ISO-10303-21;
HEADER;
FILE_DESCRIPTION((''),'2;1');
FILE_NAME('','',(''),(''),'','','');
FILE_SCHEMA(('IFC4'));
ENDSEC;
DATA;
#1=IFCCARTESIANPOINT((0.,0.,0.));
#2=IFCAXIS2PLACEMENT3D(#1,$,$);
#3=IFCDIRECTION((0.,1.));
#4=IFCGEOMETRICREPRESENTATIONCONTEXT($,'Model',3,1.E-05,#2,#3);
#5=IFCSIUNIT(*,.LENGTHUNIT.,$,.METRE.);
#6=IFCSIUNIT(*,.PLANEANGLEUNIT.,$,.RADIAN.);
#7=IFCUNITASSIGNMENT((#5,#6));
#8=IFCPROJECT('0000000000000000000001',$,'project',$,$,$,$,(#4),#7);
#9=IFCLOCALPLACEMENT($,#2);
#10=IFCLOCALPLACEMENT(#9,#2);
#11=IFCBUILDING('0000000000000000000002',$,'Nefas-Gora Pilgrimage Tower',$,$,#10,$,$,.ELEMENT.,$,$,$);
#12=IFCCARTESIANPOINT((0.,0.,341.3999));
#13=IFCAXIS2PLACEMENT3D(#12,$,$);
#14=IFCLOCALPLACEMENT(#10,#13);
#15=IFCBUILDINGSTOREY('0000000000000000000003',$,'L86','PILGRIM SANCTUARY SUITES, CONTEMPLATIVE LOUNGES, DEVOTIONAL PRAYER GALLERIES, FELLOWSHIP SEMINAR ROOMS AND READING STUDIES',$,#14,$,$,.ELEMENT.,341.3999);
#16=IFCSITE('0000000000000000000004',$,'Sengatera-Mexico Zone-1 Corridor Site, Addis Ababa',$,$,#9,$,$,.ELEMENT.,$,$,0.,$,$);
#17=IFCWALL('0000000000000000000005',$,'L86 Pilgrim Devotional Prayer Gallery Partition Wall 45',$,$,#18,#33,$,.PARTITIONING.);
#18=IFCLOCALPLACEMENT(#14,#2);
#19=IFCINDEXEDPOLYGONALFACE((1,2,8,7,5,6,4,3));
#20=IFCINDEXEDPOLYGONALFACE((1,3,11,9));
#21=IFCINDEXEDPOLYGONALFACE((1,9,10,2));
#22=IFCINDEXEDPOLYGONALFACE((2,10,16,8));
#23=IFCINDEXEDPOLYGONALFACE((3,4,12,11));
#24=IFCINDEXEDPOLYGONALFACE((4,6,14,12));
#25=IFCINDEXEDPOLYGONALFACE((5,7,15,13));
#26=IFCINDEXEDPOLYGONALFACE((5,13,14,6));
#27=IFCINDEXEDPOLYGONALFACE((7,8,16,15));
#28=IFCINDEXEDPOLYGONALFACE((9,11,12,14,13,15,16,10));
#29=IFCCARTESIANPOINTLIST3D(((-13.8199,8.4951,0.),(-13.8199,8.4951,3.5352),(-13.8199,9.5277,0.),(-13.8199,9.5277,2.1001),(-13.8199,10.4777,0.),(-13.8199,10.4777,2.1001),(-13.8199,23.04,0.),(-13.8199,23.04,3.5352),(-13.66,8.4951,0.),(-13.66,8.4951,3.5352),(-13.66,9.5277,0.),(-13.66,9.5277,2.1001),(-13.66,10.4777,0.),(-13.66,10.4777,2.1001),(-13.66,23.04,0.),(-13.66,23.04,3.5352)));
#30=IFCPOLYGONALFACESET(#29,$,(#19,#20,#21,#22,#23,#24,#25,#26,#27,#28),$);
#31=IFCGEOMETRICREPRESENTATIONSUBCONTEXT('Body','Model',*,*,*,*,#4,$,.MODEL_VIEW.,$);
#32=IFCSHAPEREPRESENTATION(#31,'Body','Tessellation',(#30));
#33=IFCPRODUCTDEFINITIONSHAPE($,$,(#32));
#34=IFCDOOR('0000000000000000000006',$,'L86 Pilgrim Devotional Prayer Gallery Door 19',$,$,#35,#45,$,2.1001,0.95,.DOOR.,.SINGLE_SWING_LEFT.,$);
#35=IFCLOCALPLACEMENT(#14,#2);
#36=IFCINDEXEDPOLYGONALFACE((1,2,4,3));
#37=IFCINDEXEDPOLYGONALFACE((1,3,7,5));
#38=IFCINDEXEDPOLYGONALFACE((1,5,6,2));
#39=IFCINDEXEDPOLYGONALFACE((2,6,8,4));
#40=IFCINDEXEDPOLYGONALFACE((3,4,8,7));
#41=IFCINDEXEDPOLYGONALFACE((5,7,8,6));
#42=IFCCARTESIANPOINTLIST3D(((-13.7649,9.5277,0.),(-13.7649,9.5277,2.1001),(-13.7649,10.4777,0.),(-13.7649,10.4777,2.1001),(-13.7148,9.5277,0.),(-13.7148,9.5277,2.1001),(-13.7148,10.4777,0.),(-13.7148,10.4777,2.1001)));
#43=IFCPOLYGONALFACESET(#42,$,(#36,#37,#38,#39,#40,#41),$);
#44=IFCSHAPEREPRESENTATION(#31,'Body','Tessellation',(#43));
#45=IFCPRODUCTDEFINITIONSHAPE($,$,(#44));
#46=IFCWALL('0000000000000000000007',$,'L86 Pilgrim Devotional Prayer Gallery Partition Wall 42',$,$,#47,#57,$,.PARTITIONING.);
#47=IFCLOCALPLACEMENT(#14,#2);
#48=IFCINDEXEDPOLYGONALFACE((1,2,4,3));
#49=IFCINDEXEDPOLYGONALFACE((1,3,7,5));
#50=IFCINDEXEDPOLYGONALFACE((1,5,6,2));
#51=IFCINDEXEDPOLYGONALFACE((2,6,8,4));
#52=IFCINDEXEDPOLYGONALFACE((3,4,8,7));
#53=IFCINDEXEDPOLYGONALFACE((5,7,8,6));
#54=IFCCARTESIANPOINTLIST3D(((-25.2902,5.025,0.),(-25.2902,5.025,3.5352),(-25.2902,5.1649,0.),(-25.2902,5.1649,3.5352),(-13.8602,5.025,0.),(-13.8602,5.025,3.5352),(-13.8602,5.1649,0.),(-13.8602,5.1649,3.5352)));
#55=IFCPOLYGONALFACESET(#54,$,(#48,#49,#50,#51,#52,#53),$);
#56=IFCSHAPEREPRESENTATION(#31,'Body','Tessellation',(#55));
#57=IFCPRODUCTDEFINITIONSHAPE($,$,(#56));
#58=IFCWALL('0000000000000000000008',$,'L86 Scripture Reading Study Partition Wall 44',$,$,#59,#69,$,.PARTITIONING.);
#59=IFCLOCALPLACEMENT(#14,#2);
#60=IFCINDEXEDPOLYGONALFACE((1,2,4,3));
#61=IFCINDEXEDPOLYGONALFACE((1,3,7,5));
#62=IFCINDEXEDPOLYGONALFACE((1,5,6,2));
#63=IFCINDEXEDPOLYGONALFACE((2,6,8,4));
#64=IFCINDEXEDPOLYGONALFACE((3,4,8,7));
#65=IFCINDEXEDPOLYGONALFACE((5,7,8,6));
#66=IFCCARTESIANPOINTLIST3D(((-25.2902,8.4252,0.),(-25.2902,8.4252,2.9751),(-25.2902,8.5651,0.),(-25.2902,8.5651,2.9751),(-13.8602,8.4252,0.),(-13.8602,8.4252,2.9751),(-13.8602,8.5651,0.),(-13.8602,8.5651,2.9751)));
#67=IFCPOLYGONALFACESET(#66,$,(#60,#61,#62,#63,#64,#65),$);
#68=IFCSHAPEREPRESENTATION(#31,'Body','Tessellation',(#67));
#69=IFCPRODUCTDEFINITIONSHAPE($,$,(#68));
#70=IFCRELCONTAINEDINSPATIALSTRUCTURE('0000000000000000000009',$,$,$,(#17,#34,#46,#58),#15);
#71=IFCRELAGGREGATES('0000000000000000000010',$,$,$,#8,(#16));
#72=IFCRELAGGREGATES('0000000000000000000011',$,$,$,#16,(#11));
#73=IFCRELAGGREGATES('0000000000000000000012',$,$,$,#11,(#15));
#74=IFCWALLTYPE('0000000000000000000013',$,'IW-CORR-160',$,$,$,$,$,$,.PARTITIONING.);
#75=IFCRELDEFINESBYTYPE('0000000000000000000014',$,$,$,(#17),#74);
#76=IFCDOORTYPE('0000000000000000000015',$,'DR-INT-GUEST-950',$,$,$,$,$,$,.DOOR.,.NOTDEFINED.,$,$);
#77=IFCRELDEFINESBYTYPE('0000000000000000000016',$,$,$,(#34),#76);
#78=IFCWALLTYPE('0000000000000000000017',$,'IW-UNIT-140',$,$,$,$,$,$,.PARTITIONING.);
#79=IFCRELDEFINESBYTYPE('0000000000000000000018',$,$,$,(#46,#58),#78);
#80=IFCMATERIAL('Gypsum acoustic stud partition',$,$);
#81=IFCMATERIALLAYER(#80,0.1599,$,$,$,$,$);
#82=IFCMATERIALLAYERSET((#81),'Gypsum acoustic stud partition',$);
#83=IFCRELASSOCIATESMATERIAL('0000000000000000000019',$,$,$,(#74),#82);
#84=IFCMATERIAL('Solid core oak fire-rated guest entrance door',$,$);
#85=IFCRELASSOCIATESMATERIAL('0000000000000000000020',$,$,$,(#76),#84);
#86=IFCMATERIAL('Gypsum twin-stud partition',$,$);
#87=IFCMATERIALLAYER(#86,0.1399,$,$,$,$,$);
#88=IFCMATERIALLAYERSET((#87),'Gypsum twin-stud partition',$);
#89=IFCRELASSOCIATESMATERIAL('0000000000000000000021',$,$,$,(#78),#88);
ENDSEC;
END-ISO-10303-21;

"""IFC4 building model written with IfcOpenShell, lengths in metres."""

from ifc_helpers import new_model, si_unit, direction, frame, frame_2d, origin, place, context, subcontext, project, spatial, rectangle, extrude, source, transform, mapped, material, layer, layer_set, type_object, element, fill, save


model = new_model("IFC4")

# Units and contexts
model_context = context("Model", 3, precision=1e-05, world=origin(), true_north=direction((0.0, 1.0)))
body_context = subcontext(model_context, "Body", "Model", "MODEL_VIEW")
ifc_project = project(units=[si_unit("LENGTHUNIT", "METRE"), si_unit("PLANEANGLEUNIT", "RADIAN")], contexts=[model_context])

# Site, building, storey
site_placement = place(None, origin())
site = spatial("IfcSite", under=ifc_project, at=site_placement, Name="Sengatera-Mexico Zone-1 Corridor Site, Addis Ababa", CompositionType="ELEMENT", RefElevation=0.0)
building_placement = place(site_placement, origin())
building = spatial("IfcBuilding", under=site, at=building_placement, Name="Nefas-Gora Pilgrimage Tower", CompositionType="ELEMENT")
storey_placement = place(building_placement, frame((0.0, 0.0, 341.3999)))
storey = spatial("IfcBuildingStorey", under=building, at=storey_placement, Name="L86", Description="PILGRIM SANCTUARY SUITES, CONTEMPLATIVE LOUNGES, DEVOTIONAL PRAYER GALLERIES, FELLOWSHIP SEMINAR ROOMS AND READING STUDIES", CompositionType="ELEMENT", Elevation=341.3999)

# Wall, opening, door
ifc_material_1 = material(Name="Gypsum acoustic stud partition")
ifc_layer_1 = layer(ifc_material_1, 0.1599)
ifc_layer_set_1 = layer_set([ifc_layer_1], Name="Gypsum acoustic stud partition")
wall_type_1 = type_object("IfcWallType", Name="IW-CORR-160", PredefinedType="PARTITIONING", material=ifc_layer_set_1)
ifc_material_2 = material(Name="Solid core oak fire-rated guest entrance door")
door_type = type_object("IfcDoorType", Name="DR-INT-GUEST-950", OperationType="NOTDEFINED", PredefinedType="DOOR", material=ifc_material_2)
shared_shape_1 = source(origin(), body_context, "Body", "SweptSolid", [
    extrude(rectangle(XDim=0.95, YDim=2.1001, at=frame_2d((0.4751, 1.05))), frame((0.0, 0.0249, 0.0), z_axis=(0.0, -1.0, 0.0), x_axis=(1.0, 0.0, 0.0)), (0.0, 0.0, 1.0), 0.05),
])
shared_shape_2 = source(origin(), body_context, "Body", "SweptSolid", [
    extrude(rectangle(XDim=14.5449, YDim=0.1599, at=frame_2d((7.2725, 0.0))), origin(), (0.0, 0.0, 1.0), 3.5352),
])
wall_1_placement = place(storey_placement, frame((-13.74, 8.4951, 0.0), z_axis=(0.0, 0.0, 1.0), x_axis=(0.0, 1.0, 0.0)))
wall_1 = element("IfcWall", 1, at=wall_1_placement, inside=storey, type_object=wall_type_1, Name="L86 Pilgrim Devotional Prayer Gallery Partition Wall 45", PredefinedType="PARTITIONING", context=body_context, shape_type="MappedRepresentation", body=[
    mapped(shared_shape_2, transform((0.0, 0.0, 0.0), x_axis=(1.0, 0.0, 0.0), y_axis=(0.0, 1.0, 0.0), z_axis=(0.0, 0.0, 1.0), scale=1.0)),
])
opening_1_placement = place(wall_1_placement, frame((1.0325, 0.0, 0.0)))
opening_1 = element("IfcOpeningElement", 2, at=opening_1_placement, cuts=wall_1, PredefinedType="OPENING", context=body_context, shape_type="SweptSolid", body=[
    extrude(rectangle(XDim=0.95, YDim=2.1001, at=frame_2d((0.4751, 1.05))), frame((0.0, 0.0898, 0.0), z_axis=(0.0, -1.0, 0.0), x_axis=(1.0, 0.0, 0.0)), (0.0, 0.0, 1.0), 0.1799),
])
door_1_placement = place(opening_1_placement, origin())
door_1 = element("IfcDoor", 3, at=door_1_placement, inside=storey, type_object=door_type, Name="L86 Pilgrim Devotional Prayer Gallery Door 19", OperationType="SINGLE_SWING_LEFT", OverallHeight=2.1001, OverallWidth=0.95, PredefinedType="DOOR", context=body_context, shape_type="MappedRepresentation", body=[
    mapped(shared_shape_1, transform((0.0, 0.0, 0.0), x_axis=(1.0, 0.0, 0.0), y_axis=(0.0, 1.0, 0.0), z_axis=(0.0, 0.0, 1.0), scale=1.0)),
])
fill(opening_1, door_1)

# Walls
ifc_material_3 = material(Name="Gypsum twin-stud partition")
ifc_layer_2 = layer(ifc_material_3, 0.1399)
ifc_layer_set_2 = layer_set([ifc_layer_2], Name="Gypsum twin-stud partition")
wall_type_2 = type_object("IfcWallType", Name="IW-UNIT-140", PredefinedType="PARTITIONING", material=ifc_layer_set_2)
shared_shape_3 = source(origin(), body_context, "Body", "SweptSolid", [
    extrude(rectangle(XDim=11.4299, YDim=0.1399, at=frame_2d((5.7148, 0.0))), origin(), (0.0, 0.0, 1.0), 3.5352),
])
wall_2_placement = place(storey_placement, frame((-25.29, 5.095, 0.0), z_axis=(0.0, 0.0, 1.0), x_axis=(1.0, 0.0, 0.0)))
element("IfcWall", 4, at=wall_2_placement, inside=storey, type_object=wall_type_2, Name="L86 Pilgrim Devotional Prayer Gallery Partition Wall 42", PredefinedType="PARTITIONING", context=body_context, shape_type="MappedRepresentation", body=[
    mapped(shared_shape_3, transform((0.0, 0.0, 0.0), x_axis=(1.0, 0.0, 0.0), y_axis=(0.0, 1.0, 0.0), z_axis=(0.0, 0.0, 1.0), scale=1.0)),
])
shared_shape_4 = source(origin(), body_context, "Body", "SweptSolid", [
    extrude(rectangle(XDim=11.4299, YDim=0.1399, at=frame_2d((5.7148, 0.0))), origin(), (0.0, 0.0, 1.0), 2.9751),
])
wall_3_placement = place(storey_placement, frame((-25.29, 8.4951, 0.0), z_axis=(0.0, 0.0, 1.0), x_axis=(1.0, 0.0, 0.0)))
element("IfcWall", 5, at=wall_3_placement, inside=storey, type_object=wall_type_2, Name="L86 Scripture Reading Study Partition Wall 44", PredefinedType="PARTITIONING", context=body_context, shape_type="MappedRepresentation", body=[
    mapped(shared_shape_4, transform((0.0, 0.0, 0.0), x_axis=(1.0, 0.0, 0.0), y_axis=(0.0, 1.0, 0.0), z_axis=(0.0, 0.0, 1.0), scale=1.0)),
])

save(model, "model.ifc")
